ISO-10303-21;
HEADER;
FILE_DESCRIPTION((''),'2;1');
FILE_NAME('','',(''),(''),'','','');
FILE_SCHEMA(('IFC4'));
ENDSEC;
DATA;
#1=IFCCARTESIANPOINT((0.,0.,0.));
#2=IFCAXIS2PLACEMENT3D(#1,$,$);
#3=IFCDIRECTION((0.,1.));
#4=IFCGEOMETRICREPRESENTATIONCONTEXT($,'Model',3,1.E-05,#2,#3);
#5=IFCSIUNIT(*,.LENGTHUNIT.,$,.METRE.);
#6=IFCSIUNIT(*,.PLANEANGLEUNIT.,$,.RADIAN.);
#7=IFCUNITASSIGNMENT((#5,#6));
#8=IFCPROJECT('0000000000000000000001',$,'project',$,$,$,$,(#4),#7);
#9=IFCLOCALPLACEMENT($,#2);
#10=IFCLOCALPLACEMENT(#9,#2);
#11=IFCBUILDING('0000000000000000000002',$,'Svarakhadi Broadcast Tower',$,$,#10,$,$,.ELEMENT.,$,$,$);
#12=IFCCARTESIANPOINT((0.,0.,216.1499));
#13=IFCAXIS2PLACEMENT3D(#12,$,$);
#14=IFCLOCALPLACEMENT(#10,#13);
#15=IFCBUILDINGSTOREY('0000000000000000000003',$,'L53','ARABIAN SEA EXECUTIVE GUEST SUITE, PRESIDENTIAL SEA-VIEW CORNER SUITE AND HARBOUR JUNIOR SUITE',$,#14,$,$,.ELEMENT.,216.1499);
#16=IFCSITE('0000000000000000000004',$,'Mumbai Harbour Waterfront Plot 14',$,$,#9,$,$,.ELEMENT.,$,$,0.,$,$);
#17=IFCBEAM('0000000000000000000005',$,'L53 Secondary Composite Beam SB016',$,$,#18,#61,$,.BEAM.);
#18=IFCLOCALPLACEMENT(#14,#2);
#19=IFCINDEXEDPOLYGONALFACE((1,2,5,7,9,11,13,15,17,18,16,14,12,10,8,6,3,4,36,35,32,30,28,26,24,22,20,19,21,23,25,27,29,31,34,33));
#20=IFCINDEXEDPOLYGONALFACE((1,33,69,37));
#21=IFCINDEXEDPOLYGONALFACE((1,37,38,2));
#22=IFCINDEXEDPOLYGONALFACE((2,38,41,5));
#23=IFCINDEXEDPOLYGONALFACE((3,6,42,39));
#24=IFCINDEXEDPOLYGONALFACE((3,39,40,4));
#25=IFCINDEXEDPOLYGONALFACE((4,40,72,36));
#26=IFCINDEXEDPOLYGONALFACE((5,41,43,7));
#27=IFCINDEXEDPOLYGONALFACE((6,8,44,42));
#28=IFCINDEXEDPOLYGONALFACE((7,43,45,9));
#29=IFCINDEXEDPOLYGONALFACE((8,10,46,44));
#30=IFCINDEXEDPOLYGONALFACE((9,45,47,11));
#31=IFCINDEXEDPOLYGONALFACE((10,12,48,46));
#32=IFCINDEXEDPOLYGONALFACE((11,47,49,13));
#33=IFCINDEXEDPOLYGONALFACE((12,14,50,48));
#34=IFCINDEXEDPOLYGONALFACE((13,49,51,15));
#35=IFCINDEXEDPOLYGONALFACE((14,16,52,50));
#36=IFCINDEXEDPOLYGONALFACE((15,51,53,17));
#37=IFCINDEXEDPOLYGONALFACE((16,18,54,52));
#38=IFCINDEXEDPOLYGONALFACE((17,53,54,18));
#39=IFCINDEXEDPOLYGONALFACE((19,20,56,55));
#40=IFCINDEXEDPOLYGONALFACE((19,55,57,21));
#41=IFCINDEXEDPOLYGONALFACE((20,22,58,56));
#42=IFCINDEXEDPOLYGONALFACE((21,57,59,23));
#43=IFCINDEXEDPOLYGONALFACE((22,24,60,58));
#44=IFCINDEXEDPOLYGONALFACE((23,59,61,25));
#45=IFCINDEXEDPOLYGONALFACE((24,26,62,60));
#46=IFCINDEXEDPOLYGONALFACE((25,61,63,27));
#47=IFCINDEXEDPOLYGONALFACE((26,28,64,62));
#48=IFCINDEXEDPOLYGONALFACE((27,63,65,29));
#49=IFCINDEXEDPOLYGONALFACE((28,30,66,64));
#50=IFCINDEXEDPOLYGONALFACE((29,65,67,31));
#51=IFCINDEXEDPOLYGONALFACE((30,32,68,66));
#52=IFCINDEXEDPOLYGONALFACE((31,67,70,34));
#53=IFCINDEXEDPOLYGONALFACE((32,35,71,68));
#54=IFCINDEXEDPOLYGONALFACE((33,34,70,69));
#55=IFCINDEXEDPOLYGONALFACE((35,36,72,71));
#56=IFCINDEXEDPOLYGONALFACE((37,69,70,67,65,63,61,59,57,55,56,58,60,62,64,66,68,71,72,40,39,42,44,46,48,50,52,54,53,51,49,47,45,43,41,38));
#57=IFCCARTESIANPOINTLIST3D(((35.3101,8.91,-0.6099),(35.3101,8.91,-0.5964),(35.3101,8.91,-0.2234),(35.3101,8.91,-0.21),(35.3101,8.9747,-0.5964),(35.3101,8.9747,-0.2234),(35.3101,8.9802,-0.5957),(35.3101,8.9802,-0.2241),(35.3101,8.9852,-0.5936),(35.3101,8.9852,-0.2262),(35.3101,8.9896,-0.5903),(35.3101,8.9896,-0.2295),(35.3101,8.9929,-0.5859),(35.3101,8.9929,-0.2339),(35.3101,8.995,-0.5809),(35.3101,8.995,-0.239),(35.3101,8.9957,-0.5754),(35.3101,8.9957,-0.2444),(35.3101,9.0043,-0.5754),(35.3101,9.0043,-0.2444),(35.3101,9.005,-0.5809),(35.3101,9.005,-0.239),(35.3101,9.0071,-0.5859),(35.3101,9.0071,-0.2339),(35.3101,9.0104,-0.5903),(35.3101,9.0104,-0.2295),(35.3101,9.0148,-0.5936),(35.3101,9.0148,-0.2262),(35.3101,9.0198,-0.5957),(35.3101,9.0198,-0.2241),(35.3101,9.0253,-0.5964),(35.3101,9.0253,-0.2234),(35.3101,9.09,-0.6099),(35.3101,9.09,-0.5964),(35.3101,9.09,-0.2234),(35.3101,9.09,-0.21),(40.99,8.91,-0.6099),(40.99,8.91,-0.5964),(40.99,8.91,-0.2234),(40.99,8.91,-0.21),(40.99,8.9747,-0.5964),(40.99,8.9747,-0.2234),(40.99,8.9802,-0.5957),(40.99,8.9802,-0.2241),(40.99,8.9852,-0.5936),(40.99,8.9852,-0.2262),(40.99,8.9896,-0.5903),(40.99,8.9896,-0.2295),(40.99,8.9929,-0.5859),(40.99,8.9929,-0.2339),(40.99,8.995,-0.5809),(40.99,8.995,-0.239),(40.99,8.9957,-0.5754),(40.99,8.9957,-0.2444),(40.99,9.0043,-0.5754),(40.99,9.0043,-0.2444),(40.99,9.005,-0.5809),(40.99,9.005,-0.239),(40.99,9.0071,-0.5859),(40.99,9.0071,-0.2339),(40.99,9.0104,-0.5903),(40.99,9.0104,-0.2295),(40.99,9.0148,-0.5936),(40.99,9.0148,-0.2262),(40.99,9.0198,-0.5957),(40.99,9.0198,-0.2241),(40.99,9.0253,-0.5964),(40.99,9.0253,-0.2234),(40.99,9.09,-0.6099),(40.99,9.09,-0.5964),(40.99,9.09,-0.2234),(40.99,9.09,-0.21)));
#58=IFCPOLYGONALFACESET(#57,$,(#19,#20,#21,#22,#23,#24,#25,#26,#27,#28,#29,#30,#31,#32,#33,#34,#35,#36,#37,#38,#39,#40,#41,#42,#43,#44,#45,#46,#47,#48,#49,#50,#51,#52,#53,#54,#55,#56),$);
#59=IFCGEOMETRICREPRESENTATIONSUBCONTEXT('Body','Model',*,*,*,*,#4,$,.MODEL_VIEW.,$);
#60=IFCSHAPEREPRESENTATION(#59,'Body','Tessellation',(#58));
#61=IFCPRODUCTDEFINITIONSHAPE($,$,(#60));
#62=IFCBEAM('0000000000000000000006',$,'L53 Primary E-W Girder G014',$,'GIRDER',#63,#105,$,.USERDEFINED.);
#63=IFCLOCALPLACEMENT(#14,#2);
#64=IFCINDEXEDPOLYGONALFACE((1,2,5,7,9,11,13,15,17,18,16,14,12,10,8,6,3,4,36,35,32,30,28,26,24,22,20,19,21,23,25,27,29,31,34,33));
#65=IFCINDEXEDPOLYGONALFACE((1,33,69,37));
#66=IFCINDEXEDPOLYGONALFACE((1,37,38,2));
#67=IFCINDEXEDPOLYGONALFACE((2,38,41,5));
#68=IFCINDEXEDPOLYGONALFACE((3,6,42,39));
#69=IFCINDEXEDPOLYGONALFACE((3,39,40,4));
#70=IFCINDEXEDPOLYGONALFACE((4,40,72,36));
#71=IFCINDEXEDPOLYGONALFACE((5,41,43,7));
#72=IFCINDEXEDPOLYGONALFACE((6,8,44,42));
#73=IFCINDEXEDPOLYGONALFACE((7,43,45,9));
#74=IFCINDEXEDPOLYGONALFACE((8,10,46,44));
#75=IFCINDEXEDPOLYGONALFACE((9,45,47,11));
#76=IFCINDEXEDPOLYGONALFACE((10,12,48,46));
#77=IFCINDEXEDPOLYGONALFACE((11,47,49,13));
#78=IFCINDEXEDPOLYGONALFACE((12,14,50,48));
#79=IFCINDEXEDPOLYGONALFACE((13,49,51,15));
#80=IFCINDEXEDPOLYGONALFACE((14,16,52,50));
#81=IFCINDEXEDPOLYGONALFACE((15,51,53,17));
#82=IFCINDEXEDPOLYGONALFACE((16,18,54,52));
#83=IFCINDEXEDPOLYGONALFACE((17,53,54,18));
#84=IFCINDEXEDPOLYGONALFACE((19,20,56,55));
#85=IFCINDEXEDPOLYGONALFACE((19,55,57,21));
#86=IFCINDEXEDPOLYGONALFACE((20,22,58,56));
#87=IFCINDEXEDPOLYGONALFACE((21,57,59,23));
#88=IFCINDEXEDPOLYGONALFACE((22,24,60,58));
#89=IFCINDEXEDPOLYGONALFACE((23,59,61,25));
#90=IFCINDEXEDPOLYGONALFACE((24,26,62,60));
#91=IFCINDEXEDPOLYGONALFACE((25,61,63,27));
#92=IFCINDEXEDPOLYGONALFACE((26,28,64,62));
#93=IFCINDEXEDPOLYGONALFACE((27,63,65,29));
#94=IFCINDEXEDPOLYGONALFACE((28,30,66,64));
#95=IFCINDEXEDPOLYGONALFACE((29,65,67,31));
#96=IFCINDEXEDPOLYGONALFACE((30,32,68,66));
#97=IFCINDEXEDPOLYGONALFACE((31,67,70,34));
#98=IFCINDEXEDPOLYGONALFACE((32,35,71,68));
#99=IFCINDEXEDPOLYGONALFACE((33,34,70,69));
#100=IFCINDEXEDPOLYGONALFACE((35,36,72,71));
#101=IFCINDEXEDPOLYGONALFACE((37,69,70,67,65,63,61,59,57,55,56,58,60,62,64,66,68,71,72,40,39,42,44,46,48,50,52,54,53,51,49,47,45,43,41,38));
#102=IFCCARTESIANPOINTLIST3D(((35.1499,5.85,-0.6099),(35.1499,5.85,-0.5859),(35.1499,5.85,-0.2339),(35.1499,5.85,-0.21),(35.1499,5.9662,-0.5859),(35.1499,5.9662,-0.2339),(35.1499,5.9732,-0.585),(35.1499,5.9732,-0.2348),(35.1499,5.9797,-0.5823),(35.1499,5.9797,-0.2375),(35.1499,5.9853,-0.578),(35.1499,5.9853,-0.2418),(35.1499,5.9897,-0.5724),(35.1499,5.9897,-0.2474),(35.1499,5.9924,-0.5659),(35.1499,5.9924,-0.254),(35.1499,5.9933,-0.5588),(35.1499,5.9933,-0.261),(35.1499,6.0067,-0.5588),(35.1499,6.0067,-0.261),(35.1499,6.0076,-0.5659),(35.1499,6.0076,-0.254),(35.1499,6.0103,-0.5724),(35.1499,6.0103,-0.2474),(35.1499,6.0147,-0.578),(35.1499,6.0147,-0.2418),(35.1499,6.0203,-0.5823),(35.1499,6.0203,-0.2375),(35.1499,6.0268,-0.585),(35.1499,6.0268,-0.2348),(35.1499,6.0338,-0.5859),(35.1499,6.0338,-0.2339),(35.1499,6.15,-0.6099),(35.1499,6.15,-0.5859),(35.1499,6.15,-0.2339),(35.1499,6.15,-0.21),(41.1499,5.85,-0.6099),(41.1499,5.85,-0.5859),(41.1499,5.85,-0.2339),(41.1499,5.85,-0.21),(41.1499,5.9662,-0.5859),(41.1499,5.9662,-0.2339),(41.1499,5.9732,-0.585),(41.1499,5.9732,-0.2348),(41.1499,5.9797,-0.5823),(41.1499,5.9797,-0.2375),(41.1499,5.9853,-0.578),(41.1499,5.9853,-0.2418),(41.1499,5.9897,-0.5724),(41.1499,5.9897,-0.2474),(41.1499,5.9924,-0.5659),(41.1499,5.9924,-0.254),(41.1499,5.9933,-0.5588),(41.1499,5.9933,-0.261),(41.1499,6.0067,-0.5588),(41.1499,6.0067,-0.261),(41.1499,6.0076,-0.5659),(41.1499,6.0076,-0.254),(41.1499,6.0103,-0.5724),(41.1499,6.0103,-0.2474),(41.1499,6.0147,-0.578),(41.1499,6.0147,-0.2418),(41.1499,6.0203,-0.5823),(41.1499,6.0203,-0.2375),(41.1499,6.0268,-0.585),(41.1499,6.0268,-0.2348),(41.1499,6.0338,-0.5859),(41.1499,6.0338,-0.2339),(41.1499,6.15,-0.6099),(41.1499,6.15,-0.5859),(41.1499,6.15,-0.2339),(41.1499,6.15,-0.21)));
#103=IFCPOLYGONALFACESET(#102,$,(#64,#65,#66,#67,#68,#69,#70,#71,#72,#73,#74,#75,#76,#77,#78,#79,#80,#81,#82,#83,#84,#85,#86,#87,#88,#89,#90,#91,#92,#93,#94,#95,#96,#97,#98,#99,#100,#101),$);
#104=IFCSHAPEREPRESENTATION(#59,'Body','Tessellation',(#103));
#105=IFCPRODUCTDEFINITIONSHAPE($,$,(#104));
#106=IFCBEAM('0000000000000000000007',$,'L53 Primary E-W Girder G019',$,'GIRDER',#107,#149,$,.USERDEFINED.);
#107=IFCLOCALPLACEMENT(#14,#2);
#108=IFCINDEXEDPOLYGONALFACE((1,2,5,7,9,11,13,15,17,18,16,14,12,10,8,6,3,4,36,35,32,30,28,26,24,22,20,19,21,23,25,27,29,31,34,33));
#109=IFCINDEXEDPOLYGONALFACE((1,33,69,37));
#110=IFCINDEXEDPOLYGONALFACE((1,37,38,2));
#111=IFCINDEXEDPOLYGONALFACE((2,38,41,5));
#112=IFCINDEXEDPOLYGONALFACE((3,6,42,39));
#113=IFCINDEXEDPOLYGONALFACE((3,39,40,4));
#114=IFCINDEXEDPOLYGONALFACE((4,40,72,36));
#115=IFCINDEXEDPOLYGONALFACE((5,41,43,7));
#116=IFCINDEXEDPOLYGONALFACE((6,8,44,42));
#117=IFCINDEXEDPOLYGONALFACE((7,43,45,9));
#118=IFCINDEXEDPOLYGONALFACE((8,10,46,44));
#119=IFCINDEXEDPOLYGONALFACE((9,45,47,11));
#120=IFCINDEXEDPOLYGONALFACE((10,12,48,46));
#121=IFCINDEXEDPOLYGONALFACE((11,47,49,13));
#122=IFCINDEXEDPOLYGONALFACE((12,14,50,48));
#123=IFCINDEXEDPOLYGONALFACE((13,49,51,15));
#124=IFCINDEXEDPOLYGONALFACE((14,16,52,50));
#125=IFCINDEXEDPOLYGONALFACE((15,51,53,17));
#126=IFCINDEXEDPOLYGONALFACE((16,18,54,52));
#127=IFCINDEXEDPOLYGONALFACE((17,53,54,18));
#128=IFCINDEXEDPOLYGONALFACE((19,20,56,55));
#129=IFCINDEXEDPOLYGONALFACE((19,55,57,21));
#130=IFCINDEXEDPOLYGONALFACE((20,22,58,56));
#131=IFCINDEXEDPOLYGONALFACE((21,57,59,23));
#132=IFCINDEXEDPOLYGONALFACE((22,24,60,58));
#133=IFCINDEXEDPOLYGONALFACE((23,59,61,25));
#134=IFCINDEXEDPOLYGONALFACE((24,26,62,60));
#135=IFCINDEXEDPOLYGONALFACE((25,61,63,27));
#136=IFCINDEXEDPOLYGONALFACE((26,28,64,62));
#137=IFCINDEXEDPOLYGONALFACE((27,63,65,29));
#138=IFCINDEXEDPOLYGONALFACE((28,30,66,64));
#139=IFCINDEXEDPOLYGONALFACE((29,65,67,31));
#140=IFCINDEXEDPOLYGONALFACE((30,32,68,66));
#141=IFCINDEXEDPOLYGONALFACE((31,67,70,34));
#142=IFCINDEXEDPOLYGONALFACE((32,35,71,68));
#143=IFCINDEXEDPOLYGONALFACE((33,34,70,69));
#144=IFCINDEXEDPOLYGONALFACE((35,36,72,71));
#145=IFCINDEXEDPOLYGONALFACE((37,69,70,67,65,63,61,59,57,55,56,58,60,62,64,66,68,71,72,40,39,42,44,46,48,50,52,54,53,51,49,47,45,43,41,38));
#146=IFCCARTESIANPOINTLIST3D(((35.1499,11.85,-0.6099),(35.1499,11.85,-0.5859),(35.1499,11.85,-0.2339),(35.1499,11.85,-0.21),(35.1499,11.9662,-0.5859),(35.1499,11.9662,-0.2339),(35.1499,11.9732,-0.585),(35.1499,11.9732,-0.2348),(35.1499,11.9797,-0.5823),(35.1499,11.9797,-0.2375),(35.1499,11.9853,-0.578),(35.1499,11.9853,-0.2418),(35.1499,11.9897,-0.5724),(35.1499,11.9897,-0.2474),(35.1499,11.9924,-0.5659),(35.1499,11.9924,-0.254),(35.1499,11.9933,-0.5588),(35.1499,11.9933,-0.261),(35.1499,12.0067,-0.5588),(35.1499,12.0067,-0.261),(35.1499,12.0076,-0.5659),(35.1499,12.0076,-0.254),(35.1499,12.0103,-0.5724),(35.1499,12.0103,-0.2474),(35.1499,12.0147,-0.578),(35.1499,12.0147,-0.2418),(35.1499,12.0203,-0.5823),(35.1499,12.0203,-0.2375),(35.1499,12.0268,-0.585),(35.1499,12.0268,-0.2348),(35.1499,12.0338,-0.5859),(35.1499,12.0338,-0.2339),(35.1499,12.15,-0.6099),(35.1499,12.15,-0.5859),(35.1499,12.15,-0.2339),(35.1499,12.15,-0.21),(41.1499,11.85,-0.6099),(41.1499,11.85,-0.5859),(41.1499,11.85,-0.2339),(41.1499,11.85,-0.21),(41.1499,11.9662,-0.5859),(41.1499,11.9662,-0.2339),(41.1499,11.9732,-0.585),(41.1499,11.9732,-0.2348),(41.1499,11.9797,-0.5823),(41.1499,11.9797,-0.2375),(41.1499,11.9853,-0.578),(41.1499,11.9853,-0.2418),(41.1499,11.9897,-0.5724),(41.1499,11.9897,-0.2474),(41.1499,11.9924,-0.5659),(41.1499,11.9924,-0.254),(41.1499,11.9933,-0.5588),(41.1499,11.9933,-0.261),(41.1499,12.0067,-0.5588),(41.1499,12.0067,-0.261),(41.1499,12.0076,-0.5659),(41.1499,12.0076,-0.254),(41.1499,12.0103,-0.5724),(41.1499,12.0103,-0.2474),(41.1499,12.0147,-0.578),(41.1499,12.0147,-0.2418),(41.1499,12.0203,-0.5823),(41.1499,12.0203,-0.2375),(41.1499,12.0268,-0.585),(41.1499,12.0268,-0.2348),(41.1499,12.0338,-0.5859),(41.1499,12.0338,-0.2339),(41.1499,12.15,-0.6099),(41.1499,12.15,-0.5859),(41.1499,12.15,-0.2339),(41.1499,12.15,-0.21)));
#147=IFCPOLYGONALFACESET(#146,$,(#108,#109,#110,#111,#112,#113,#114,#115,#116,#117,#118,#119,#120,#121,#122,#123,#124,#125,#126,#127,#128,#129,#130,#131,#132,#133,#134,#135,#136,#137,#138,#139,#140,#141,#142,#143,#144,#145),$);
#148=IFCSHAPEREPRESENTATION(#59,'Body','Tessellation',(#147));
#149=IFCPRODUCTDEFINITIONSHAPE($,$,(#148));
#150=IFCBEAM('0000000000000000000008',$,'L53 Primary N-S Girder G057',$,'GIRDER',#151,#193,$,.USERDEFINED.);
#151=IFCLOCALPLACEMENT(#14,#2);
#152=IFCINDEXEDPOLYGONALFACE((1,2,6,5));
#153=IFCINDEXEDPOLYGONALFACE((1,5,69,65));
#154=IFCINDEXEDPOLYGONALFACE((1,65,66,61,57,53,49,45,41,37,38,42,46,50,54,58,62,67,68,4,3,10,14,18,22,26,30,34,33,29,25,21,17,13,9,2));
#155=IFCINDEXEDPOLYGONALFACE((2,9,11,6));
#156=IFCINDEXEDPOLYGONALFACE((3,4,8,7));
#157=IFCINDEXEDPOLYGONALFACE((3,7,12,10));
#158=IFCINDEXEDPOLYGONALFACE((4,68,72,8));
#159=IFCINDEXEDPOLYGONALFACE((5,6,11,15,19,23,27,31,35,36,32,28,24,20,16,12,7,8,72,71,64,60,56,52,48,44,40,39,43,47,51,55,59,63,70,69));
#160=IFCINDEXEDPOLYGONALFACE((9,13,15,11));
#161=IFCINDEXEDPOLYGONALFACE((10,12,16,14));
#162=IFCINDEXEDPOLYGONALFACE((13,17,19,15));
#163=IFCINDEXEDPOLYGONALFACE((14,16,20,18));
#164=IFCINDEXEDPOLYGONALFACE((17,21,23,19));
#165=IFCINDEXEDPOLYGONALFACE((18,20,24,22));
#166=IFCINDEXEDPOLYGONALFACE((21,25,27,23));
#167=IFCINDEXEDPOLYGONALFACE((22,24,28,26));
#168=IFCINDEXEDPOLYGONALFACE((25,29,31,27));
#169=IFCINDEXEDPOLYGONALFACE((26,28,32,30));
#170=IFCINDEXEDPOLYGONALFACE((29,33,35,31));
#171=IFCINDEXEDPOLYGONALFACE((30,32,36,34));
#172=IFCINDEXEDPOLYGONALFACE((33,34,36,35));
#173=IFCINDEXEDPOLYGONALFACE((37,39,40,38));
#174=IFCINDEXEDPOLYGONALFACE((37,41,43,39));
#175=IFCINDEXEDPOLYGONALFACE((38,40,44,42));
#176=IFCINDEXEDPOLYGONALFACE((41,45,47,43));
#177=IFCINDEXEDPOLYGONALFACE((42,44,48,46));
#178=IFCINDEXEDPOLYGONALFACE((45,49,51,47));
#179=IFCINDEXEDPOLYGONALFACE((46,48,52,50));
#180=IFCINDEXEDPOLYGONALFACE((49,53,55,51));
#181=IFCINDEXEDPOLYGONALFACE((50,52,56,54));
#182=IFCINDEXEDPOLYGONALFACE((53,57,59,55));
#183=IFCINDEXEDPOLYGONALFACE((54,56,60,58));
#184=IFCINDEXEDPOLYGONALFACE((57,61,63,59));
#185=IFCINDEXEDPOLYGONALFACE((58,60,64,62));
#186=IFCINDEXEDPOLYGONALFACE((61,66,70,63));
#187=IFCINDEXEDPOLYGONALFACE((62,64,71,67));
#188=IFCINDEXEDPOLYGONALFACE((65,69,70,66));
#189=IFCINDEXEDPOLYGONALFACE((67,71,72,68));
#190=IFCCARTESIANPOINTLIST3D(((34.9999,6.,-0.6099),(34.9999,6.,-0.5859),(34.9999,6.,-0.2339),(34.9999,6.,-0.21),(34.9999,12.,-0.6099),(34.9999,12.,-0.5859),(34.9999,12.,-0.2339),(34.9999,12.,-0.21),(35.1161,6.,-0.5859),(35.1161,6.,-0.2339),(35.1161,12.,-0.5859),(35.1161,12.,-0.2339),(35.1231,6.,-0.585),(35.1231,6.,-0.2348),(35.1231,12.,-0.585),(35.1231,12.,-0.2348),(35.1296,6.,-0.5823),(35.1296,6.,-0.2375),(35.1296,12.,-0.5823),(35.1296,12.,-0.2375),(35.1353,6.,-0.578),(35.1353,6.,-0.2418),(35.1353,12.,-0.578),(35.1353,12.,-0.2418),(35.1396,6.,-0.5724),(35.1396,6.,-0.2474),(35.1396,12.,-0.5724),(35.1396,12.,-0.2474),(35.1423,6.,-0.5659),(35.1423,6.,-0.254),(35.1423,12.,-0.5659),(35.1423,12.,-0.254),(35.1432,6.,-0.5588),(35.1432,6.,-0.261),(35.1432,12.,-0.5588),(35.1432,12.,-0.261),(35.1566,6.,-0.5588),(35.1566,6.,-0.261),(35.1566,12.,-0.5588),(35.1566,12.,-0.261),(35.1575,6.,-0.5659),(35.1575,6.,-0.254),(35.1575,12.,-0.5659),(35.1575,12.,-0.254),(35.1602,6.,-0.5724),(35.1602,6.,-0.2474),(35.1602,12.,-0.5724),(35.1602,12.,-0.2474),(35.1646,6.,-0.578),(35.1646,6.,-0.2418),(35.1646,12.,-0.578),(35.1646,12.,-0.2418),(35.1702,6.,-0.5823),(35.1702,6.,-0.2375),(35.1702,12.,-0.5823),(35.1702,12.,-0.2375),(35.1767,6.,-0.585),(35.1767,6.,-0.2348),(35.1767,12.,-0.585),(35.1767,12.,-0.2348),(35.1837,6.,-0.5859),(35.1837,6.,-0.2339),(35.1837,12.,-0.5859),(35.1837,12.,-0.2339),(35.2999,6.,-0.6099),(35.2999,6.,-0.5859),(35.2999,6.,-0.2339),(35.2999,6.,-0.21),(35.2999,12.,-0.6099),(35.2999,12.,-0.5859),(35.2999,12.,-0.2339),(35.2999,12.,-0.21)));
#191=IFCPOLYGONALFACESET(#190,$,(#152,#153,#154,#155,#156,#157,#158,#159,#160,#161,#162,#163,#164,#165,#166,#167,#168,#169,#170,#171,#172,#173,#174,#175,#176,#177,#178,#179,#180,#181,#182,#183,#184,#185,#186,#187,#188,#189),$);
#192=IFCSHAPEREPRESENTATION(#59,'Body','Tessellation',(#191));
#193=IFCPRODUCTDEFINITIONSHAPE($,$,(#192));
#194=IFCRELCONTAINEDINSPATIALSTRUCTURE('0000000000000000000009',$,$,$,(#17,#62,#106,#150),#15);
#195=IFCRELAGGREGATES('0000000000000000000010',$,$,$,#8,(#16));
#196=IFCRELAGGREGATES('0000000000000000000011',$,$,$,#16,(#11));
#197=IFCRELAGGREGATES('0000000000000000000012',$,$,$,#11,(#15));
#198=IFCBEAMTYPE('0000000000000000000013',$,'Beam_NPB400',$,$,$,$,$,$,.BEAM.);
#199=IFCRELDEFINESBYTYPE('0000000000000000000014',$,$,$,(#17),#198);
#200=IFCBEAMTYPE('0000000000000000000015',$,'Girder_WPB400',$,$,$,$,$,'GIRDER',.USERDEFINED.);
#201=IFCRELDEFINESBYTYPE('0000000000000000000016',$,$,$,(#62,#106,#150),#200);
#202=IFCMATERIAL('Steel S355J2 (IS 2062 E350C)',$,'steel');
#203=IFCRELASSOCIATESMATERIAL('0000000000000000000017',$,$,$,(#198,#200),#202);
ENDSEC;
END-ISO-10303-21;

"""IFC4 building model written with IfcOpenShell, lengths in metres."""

from ifc_helpers import new_model, si_unit, direction, frame, origin, origin_2d, place, context, subcontext, project, spatial, i_section, extrude, material, material_profile, profile_set, type_object, element, save


model = new_model("IFC4")

# Units and contexts
model_context = context("Model", 3, precision=1e-05, world=origin(), true_north=direction((0.0, 1.0)))
body_context = subcontext(model_context, "Body", "Model", "MODEL_VIEW")
ifc_project = project(units=[si_unit("LENGTHUNIT", "METRE"), si_unit("PLANEANGLEUNIT", "RADIAN")], contexts=[model_context])

# Site, building, storey
site_placement = place(None, origin())
site = spatial("IfcSite", under=ifc_project, at=site_placement, Name="Mumbai Harbour Waterfront Plot 14", CompositionType="ELEMENT", RefElevation=0.0)
building_placement = place(site_placement, origin())
building = spatial("IfcBuilding", under=site, at=building_placement, Name="Svarakhadi Broadcast Tower", CompositionType="ELEMENT")
storey_placement = place(building_placement, frame((0.0, 0.0, 216.1499)))
storey = spatial("IfcBuildingStorey", under=building, at=storey_placement, Name="L53", Description="ARABIAN SEA EXECUTIVE GUEST SUITE, PRESIDENTIAL SEA-VIEW CORNER SUITE AND HARBOUR JUNIOR SUITE", CompositionType="ELEMENT", Elevation=216.1499)

# Beams
ifc_material_1 = material(Name="Steel S355J2 (IS 2062 E350C)", Category="steel")
ifc_material_profile_1 = material_profile(ifc_material_1, i_section(OverallWidth=0.1799, OverallDepth=0.3999, WebThickness=0.0085, FlangeThickness=0.0134, FilletRadius=0.021, at=origin_2d()), Name="NPB 400x180x66")
ifc_profile_set_1 = profile_set([ifc_material_profile_1], Name="Steel S355J2 (IS 2062 E350C)")
beam_type_1 = type_object("IfcBeamType", Name="Beam_NPB400", PredefinedType="BEAM", material=ifc_profile_set_1)
beam_1_placement = place(storey_placement, frame((35.3101, 9.0, -0.4099), z_axis=(1.0, 0.0, 0.0), x_axis=(0.0, 1.0, 0.0)))
element("IfcBeam", 1, at=beam_1_placement, inside=storey, type_object=beam_type_1, Name="L53 Secondary Composite Beam SB016", PredefinedType="BEAM", context=body_context, shape_type="SweptSolid", body=[
    extrude(i_section(OverallWidth=0.1799, OverallDepth=0.3999, WebThickness=0.0085, FlangeThickness=0.0134, FilletRadius=0.021, at=origin_2d()), origin(), (0.0, 0.0, 1.0), 5.6799),
])
ifc_material_profile_2 = material_profile(ifc_material_1, i_section(OverallWidth=0.3, OverallDepth=0.3999, WebThickness=0.0134, FlangeThickness=0.0239, FilletRadius=0.0271, at=origin_2d()), Name="WPB 400x300x155")
ifc_profile_set_2 = profile_set([ifc_material_profile_2], Name="Steel S355J2 (IS 2062 E350C)")
beam_type_2 = type_object("IfcBeamType", Name="Girder_WPB400", ElementType="GIRDER", PredefinedType="USERDEFINED", material=ifc_profile_set_2)
for number, where, z_axis, x_axis, name in (
    (2, (35.1499, 6.0, -0.4099), (1.0, 0.0, 0.0), (0.0, 1.0, 0.0), "L53 Primary E-W Girder G014"),
    (3, (35.1499, 12.0, -0.4099), (1.0, 0.0, 0.0), (0.0, 1.0, 0.0), "L53 Primary E-W Girder G019"),
    (4, (35.1499, 6.0, -0.4099), (0.0, 1.0, 0.0), (-1.0, 0.0, 0.0), "L53 Primary N-S Girder G057"),
):
    element("IfcBeam", number, at=place(storey_placement, frame(where, z_axis=z_axis, x_axis=x_axis)), inside=storey, type_object=beam_type_2, Name=name, ObjectType="GIRDER", PredefinedType="USERDEFINED", context=body_context, shape_type="SweptSolid", body=[
        extrude(i_section(OverallWidth=0.3, OverallDepth=0.3999, WebThickness=0.0134, FlangeThickness=0.0239, FilletRadius=0.0271, at=origin_2d()), origin(), (0.0, 0.0, 1.0), 6.0),
    ])

save(model, "model.ifc")
